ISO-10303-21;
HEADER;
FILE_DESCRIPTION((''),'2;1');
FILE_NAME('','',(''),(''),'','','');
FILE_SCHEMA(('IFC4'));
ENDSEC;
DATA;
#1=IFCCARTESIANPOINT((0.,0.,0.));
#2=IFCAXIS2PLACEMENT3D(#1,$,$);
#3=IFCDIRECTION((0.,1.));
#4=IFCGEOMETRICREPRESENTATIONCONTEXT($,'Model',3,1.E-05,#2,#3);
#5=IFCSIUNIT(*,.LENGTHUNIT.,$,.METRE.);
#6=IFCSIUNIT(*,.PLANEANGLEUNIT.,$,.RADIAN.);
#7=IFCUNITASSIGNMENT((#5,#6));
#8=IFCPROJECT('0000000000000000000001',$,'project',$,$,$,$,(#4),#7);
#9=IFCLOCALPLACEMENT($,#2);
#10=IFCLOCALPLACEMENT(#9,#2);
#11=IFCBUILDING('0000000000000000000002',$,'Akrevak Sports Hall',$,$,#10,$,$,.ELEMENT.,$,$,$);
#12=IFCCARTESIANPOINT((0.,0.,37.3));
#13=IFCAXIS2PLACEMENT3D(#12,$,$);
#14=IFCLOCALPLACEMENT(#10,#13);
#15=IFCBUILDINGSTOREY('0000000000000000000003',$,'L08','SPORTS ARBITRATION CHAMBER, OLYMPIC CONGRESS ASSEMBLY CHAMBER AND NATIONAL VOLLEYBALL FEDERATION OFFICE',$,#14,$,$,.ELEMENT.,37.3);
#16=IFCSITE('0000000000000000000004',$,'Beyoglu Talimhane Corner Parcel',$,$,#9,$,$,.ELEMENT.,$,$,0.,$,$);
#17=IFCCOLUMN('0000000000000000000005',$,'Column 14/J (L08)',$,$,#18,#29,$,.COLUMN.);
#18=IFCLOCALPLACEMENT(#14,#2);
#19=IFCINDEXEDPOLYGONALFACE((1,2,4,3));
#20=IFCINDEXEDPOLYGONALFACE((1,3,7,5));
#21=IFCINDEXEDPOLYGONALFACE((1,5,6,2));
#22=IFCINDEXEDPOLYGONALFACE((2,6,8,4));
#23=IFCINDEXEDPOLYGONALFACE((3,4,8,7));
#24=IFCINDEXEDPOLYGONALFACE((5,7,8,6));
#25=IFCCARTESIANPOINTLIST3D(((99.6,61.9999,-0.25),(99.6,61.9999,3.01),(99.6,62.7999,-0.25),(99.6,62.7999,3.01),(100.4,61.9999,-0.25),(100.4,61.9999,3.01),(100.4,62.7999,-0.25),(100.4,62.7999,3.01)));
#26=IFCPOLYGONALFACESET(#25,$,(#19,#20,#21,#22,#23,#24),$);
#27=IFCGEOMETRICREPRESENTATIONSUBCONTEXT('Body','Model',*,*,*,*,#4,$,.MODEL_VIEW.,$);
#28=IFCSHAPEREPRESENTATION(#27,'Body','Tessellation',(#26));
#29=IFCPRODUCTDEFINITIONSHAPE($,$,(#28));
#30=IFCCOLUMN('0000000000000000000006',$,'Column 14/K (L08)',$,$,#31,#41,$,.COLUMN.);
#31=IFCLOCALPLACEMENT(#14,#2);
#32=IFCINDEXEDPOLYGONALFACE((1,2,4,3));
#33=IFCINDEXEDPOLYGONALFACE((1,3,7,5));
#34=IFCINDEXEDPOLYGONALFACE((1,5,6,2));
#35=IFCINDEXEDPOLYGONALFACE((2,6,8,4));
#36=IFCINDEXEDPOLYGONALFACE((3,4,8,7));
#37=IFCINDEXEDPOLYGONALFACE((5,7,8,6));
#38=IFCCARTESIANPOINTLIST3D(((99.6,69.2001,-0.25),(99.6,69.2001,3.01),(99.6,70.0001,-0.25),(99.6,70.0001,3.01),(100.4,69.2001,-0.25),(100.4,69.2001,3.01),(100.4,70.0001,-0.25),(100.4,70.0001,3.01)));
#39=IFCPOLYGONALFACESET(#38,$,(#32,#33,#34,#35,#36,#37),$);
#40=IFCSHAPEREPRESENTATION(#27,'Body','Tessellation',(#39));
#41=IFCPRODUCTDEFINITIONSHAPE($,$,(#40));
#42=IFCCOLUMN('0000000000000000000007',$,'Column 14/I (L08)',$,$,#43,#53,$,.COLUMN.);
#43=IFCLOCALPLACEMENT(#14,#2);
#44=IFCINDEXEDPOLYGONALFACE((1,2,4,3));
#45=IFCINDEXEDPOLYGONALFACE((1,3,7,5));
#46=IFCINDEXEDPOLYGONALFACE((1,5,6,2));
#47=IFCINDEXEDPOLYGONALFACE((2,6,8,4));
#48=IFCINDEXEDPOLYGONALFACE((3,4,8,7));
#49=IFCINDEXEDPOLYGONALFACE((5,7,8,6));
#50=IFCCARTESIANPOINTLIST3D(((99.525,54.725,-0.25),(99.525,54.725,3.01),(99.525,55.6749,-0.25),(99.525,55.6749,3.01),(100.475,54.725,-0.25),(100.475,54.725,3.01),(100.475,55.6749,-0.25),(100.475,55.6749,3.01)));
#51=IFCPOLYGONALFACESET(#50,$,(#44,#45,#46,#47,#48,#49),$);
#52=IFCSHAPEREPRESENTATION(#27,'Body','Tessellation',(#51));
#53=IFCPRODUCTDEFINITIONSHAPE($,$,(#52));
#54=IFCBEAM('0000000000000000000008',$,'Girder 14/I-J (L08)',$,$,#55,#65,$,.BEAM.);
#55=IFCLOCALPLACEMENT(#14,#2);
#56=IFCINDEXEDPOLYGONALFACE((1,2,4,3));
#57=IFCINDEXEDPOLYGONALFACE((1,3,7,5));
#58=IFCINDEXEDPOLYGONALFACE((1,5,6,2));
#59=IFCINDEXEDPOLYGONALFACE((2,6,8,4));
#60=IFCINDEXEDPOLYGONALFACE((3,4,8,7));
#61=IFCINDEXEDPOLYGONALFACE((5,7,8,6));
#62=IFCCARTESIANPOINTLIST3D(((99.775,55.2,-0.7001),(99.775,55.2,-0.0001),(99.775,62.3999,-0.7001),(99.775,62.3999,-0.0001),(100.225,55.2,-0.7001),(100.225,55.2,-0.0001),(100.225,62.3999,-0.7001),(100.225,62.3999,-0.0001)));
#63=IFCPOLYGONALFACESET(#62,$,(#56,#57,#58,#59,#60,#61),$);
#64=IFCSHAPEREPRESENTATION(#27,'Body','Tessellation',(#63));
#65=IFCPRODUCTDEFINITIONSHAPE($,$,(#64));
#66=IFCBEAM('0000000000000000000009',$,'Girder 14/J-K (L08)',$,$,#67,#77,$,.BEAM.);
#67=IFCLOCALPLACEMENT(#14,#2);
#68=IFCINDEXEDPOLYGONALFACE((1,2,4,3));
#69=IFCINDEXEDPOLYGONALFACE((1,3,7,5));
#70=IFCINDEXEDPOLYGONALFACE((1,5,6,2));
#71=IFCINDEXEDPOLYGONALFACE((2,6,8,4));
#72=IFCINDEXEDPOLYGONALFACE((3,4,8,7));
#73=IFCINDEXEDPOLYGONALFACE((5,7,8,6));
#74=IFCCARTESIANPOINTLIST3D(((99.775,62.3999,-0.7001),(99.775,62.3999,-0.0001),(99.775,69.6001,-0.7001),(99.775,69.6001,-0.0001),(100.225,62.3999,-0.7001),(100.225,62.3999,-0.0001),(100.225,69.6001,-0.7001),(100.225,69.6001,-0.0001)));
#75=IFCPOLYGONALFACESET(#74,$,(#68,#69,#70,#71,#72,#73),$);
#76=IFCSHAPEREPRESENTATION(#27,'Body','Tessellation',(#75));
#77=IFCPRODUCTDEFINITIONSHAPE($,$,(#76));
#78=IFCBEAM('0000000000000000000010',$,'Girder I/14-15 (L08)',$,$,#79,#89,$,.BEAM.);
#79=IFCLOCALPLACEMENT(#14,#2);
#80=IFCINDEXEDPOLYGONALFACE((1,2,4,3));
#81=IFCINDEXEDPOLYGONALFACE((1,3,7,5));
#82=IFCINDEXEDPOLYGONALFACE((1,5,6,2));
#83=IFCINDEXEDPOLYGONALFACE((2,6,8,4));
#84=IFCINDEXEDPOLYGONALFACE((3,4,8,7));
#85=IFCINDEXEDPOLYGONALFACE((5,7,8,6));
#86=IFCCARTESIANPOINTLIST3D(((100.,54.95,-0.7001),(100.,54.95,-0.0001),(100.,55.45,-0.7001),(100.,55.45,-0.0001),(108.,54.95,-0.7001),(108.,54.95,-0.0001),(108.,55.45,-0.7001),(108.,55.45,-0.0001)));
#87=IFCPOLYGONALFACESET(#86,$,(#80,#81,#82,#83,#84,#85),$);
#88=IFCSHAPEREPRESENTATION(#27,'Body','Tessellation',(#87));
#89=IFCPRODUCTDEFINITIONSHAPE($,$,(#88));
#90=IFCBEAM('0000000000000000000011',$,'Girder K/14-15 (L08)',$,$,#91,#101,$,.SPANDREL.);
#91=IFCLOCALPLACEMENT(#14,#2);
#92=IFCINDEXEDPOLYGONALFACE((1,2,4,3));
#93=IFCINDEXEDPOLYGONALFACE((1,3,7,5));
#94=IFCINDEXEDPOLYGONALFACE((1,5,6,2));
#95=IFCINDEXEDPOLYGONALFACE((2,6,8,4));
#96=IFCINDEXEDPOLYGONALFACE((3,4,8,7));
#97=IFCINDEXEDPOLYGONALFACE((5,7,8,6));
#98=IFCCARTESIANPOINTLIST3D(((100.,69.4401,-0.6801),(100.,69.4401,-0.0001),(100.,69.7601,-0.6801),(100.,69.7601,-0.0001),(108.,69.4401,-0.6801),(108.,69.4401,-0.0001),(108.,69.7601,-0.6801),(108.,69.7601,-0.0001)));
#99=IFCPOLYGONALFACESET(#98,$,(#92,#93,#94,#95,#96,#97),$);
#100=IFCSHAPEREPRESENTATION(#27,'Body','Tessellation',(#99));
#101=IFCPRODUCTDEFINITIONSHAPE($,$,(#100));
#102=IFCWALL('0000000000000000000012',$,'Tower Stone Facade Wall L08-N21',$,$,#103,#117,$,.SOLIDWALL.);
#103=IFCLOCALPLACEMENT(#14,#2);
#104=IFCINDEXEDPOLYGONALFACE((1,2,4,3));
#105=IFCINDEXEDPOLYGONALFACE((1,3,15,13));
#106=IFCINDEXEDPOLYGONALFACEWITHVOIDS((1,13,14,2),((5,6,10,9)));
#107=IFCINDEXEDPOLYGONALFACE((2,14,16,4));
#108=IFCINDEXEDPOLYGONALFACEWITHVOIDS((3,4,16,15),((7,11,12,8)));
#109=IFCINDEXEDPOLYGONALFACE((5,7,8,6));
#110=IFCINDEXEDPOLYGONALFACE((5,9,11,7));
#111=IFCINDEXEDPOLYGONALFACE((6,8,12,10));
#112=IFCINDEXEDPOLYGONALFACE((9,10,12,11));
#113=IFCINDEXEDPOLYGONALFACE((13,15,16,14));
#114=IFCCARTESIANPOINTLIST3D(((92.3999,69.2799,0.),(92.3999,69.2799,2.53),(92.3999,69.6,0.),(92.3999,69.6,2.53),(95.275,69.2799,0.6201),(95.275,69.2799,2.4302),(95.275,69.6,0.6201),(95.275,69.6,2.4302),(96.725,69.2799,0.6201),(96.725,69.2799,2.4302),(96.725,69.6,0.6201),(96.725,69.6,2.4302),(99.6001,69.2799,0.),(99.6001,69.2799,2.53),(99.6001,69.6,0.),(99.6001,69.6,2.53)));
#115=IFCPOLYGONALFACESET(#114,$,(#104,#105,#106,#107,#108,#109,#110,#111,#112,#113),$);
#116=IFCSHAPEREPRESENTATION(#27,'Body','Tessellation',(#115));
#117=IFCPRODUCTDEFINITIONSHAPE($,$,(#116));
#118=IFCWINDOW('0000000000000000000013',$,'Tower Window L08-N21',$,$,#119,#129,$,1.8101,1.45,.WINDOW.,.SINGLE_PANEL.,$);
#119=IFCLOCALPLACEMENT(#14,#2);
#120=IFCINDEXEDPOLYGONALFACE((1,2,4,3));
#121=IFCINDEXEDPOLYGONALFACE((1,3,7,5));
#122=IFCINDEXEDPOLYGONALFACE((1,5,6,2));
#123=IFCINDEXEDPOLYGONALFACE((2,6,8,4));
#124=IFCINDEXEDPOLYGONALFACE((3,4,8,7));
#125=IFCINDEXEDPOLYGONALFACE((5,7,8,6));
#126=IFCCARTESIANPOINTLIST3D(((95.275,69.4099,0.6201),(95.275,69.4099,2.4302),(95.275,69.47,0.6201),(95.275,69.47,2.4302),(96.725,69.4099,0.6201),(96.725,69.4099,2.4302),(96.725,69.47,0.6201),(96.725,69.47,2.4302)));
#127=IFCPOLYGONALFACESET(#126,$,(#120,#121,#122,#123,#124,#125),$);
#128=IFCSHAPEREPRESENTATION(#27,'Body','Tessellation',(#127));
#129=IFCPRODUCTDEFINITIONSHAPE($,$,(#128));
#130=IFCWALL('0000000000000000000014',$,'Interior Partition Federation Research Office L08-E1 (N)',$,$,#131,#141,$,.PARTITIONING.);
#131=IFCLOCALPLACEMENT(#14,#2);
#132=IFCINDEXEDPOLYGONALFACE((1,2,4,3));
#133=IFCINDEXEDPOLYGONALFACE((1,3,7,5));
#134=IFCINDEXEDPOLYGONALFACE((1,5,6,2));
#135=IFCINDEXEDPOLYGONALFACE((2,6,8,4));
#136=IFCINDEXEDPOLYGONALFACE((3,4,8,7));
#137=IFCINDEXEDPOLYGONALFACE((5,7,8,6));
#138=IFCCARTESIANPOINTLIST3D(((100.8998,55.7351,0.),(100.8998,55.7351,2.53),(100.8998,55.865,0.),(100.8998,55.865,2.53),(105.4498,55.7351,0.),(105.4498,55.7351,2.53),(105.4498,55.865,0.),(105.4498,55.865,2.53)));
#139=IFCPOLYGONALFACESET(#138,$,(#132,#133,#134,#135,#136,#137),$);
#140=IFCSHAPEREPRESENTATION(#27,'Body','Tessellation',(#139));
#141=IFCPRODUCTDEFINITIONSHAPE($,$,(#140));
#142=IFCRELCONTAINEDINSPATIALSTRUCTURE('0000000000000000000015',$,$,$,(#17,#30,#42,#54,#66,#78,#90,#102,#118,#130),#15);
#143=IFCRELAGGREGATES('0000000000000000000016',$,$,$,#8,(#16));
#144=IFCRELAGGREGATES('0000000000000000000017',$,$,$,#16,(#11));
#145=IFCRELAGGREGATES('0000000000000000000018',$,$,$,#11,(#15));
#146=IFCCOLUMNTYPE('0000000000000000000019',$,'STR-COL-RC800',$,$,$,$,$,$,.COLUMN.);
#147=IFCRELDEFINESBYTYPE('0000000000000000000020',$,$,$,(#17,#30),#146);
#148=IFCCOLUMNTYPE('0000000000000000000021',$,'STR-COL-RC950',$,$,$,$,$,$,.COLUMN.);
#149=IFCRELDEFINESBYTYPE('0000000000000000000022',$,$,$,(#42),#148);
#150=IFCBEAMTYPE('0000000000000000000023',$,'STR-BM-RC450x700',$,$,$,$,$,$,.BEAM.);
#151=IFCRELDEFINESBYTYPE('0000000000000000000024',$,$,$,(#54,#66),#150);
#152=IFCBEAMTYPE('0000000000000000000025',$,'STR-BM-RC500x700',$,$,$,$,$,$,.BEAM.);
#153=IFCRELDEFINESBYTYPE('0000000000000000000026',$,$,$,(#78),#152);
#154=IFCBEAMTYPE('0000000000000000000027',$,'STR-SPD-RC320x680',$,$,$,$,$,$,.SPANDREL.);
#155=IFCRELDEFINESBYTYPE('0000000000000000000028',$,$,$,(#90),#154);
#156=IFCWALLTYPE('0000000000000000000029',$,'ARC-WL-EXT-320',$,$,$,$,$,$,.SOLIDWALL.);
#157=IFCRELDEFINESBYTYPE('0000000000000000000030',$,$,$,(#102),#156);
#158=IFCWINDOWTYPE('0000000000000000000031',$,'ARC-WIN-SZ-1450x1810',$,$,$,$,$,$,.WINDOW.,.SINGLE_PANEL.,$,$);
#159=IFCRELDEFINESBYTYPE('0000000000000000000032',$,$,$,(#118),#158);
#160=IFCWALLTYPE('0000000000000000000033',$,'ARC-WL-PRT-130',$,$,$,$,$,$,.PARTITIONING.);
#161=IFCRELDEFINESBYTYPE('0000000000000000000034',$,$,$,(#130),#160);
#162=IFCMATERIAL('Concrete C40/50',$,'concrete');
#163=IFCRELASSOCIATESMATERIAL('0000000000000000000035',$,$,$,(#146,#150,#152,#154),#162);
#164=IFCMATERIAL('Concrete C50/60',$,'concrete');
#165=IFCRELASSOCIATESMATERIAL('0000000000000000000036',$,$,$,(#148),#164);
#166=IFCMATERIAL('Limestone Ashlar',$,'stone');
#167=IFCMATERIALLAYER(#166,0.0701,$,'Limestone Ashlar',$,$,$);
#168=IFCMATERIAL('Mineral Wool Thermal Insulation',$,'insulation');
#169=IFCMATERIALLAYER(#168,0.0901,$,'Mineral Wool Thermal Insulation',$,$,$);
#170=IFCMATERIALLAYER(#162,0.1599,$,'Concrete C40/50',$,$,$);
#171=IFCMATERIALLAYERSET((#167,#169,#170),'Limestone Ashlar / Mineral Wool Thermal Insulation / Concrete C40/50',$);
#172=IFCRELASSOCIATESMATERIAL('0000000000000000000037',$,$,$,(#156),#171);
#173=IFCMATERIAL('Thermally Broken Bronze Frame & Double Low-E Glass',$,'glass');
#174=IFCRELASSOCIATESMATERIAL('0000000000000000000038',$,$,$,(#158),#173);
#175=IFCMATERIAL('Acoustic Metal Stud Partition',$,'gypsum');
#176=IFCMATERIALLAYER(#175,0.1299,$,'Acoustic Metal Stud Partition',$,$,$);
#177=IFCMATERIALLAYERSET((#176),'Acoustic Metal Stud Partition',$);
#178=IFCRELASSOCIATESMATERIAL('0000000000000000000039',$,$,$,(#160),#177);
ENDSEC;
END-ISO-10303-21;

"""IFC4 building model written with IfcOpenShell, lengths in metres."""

from ifc_helpers import new_model, si_unit, direction, frame, frame_2d, origin, origin_2d, place, context, subcontext, project, spatial, rectangle, extrude, material, layer, layer_set, material_profile, profile_set, type_object, element, fill, save


model = new_model("IFC4")

# Units and contexts
model_context = context("Model", 3, precision=1e-05, world=origin(), true_north=direction((0.0, 1.0)))
body_context = subcontext(model_context, "Body", "Model", "MODEL_VIEW")
ifc_project = project(units=[si_unit("LENGTHUNIT", "METRE"), si_unit("PLANEANGLEUNIT", "RADIAN")], contexts=[model_context])

# Site, building, storey
site_placement = place(None, origin())
site = spatial("IfcSite", under=ifc_project, at=site_placement, Name="Beyoglu Talimhane Corner Parcel", CompositionType="ELEMENT", RefElevation=0.0)
building_placement = place(site_placement, origin())
building = spatial("IfcBuilding", under=site, at=building_placement, Name="Akrevak Sports Hall", CompositionType="ELEMENT")
storey_placement = place(building_placement, frame((0.0, 0.0, 37.3)))
storey = spatial("IfcBuildingStorey", under=building, at=storey_placement, Name="L08", Description="SPORTS ARBITRATION CHAMBER, OLYMPIC CONGRESS ASSEMBLY CHAMBER AND NATIONAL VOLLEYBALL FEDERATION OFFICE", CompositionType="ELEMENT", Elevation=37.3)

# Columns
ifc_material_1 = material(Name="Concrete C40/50", Category="concrete")
ifc_material_profile_1 = material_profile(ifc_material_1, rectangle(XDim=0.8, YDim=0.8, at=origin_2d()), Name="RC 800x800", Category="concrete")
ifc_profile_set_1 = profile_set([ifc_material_profile_1], Name="Concrete C40/50")
column_type_1 = type_object("IfcColumnType", Name="STR-COL-RC800", PredefinedType="COLUMN", material=ifc_profile_set_1)
for number, where, z_axis, x_axis, name in (
    (1, (100.0, 62.3999, -0.25), (0.0, 0.0, 1.0), (1.0, 0.0, 0.0), "Column 14/J (L08)"),
    (2, (100.0, 69.6001, -0.25), (0.0, 0.0, 1.0), (1.0, 0.0, 0.0), "Column 14/K (L08)"),
):
    element("IfcColumn", number, at=place(storey_placement, frame(where, z_axis=z_axis, x_axis=x_axis)), inside=storey, type_object=column_type_1, Name=name, PredefinedType="COLUMN", context=body_context, shape_type="SweptSolid", body=[
        extrude(rectangle(XDim=0.8, YDim=0.8, at=origin_2d()), origin(), (0.0, 0.0, 1.0), 3.26),
    ])
ifc_material_2 = material(Name="Concrete C50/60", Category="concrete")
ifc_material_profile_2 = material_profile(ifc_material_2, rectangle(XDim=0.95, YDim=0.95, at=origin_2d()), Name="RC 950x950", Category="concrete")
ifc_profile_set_2 = profile_set([ifc_material_profile_2], Name="Concrete C50/60")
column_type_2 = type_object("IfcColumnType", Name="STR-COL-RC950", PredefinedType="COLUMN", material=ifc_profile_set_2)
column_placement = place(storey_placement, frame((100.0, 55.2, -0.25), z_axis=(0.0, 0.0, 1.0), x_axis=(1.0, 0.0, 0.0)))
element("IfcColumn", 3, at=column_placement, inside=storey, type_object=column_type_2, Name="Column 14/I (L08)", PredefinedType="COLUMN", context=body_context, shape_type="SweptSolid", body=[
    extrude(rectangle(XDim=0.95, YDim=0.95, at=origin_2d()), origin(), (0.0, 0.0, 1.0), 3.26),
])

# Beams
ifc_material_profile_3 = material_profile(ifc_material_1, rectangle(XDim=0.45, YDim=0.7, at=origin_2d()), Name="BM 450x700", Category="concrete")
ifc_profile_set_3 = profile_set([ifc_material_profile_3], Name="Concrete C40/50")
beam_type_1 = type_object("IfcBeamType", Name="STR-BM-RC450x700", PredefinedType="BEAM", material=ifc_profile_set_3)
beam_1_placement = place(storey_placement, frame((100.0, 55.2, -0.3501), z_axis=(0.0, 1.0, 0.0), x_axis=(-1.0, 0.0, 0.0)))
element("IfcBeam", 4, at=beam_1_placement, inside=storey, type_object=beam_type_1, Name="Girder 14/I-J (L08)", PredefinedType="BEAM", context=body_context, shape_type="SweptSolid", body=[
    extrude(rectangle(XDim=0.45, YDim=0.7, at=origin_2d()), origin(), (0.0, 0.0, 1.0), 7.2),
])
beam_2_placement = place(storey_placement, frame((100.0, 62.3999, -0.3501), z_axis=(0.0, 1.0, 0.0), x_axis=(-1.0, 0.0, 0.0)))
element("IfcBeam", 5, at=beam_2_placement, inside=storey, type_object=beam_type_1, Name="Girder 14/J-K (L08)", PredefinedType="BEAM", context=body_context, shape_type="SweptSolid", body=[
    extrude(rectangle(XDim=0.45, YDim=0.7, at=origin_2d()), origin(), (0.0, 0.0, 1.0), 7.2002),
])
ifc_material_profile_4 = material_profile(ifc_material_1, rectangle(XDim=0.5, YDim=0.7, at=origin_2d()), Name="BM 500x700", Category="concrete")
ifc_profile_set_4 = profile_set([ifc_material_profile_4], Name="Concrete C40/50")
beam_type_2 = type_object("IfcBeamType", Name="STR-BM-RC500x700", PredefinedType="BEAM", material=ifc_profile_set_4)
beam_3_placement = place(storey_placement, frame((100.0, 55.2, -0.3501), z_axis=(1.0, 0.0, 0.0), x_axis=(0.0, 1.0, 0.0)))
element("IfcBeam", 6, at=beam_3_placement, inside=storey, type_object=beam_type_2, Name="Girder I/14-15 (L08)", PredefinedType="BEAM", context=body_context, shape_type="SweptSolid", body=[
    extrude(rectangle(XDim=0.5, YDim=0.7, at=origin_2d()), origin(), (0.0, 0.0, 1.0), 8.0),
])
ifc_material_profile_5 = material_profile(ifc_material_1, rectangle(XDim=0.3201, YDim=0.6799, at=origin_2d()), Name="SPD 320x680", Category="concrete")
ifc_profile_set_5 = profile_set([ifc_material_profile_5], Name="Concrete C40/50")
beam_type_3 = type_object("IfcBeamType", Name="STR-SPD-RC320x680", PredefinedType="SPANDREL", material=ifc_profile_set_5)
beam_4_placement = place(storey_placement, frame((100.0, 69.6001, -0.3401), z_axis=(1.0, 0.0, 0.0), x_axis=(0.0, 1.0, 0.0)))
element("IfcBeam", 7, at=beam_4_placement, inside=storey, type_object=beam_type_3, Name="Girder K/14-15 (L08)", PredefinedType="SPANDREL", context=body_context, shape_type="SweptSolid", body=[
    extrude(rectangle(XDim=0.3201, YDim=0.6799, at=origin_2d()), origin(), (0.0, 0.0, 1.0), 8.0),
])

# Wall, opening, window
ifc_material_3 = material(Name="Limestone Ashlar", Category="stone")
ifc_layer_1 = layer(ifc_material_3, 0.0701, Name="Limestone Ashlar")
ifc_material_4 = material(Name="Mineral Wool Thermal Insulation", Category="insulation")
ifc_layer_2 = layer(ifc_material_4, 0.0901, Name="Mineral Wool Thermal Insulation")
ifc_layer_3 = layer(ifc_material_1, 0.1599, Name="Concrete C40/50")
ifc_layer_set_1 = layer_set([ifc_layer_1, ifc_layer_2, ifc_layer_3], Name="Limestone Ashlar / Mineral Wool Thermal Insulation / Concrete C40/50")
wall_type_1 = type_object("IfcWallType", Name="ARC-WL-EXT-320", PredefinedType="SOLIDWALL", material=ifc_layer_set_1)
wall_1_placement = place(storey_placement, frame((99.6001, 69.4399, 0.0), z_axis=(0.0, 0.0, 1.0), x_axis=(-1.0, 0.0, 0.0)))
wall_1 = element("IfcWall", 8, at=wall_1_placement, inside=storey, type_object=wall_type_1, Name="Tower Stone Facade Wall L08-N21", PredefinedType="SOLIDWALL", context=body_context, shape_type="SweptSolid", body=[
    extrude(rectangle(XDim=7.2002, YDim=0.3201, at=frame_2d((3.6001, 0.0))), origin(), (0.0, 0.0, 1.0), 2.53),
])
opening_1_placement = place(wall_1_placement, frame((2.875, 0.0, 0.6201)))
opening_1 = element("IfcOpeningElement", 9, at=opening_1_placement, cuts=wall_1, PredefinedType="OPENING", context=body_context, shape_type="SweptSolid", body=[
    extrude(rectangle(XDim=1.45, YDim=1.8101, at=frame_2d((0.7251, 0.905))), frame((0.0, 0.1719, 0.0), z_axis=(0.0, -1.0, 0.0), x_axis=(1.0, 0.0, 0.0)), (0.0, 0.0, 1.0), 0.344),
])
ifc_material_5 = material(Name="Thermally Broken Bronze Frame & Double Low-E Glass", Category="glass")
window_type = type_object("IfcWindowType", Name="ARC-WIN-SZ-1450x1810", PartitioningType="SINGLE_PANEL", PredefinedType="WINDOW", material=ifc_material_5)
window_placement = place(opening_1_placement, origin())
window = element("IfcWindow", 10, at=window_placement, inside=storey, type_object=window_type, Name="Tower Window L08-N21", OverallHeight=1.8101, OverallWidth=1.45, PartitioningType="SINGLE_PANEL", PredefinedType="WINDOW", context=body_context, shape_type="SweptSolid", body=[
    extrude(rectangle(XDim=1.45, YDim=1.8101, at=frame_2d((0.7251, 0.905))), frame((0.0, 0.03, 0.0), z_axis=(0.0, -1.0, 0.0), x_axis=(1.0, 0.0, 0.0)), (0.0, 0.0, 1.0), 0.0601),
])
fill(opening_1, window)

# Wall
ifc_material_6 = material(Name="Acoustic Metal Stud Partition", Category="gypsum")
ifc_layer_4 = layer(ifc_material_6, 0.1299, Name="Acoustic Metal Stud Partition")
ifc_layer_set_2 = layer_set([ifc_layer_4], Name="Acoustic Metal Stud Partition")
wall_type_2 = type_object("IfcWallType", Name="ARC-WL-PRT-130", PredefinedType="PARTITIONING", material=ifc_layer_set_2)
wall_2_placement = place(storey_placement, frame((100.8999, 55.8, 0.0), z_axis=(0.0, 0.0, 1.0), x_axis=(1.0, 0.0, 0.0)))
element("IfcWall", 11, at=wall_2_placement, inside=storey, type_object=wall_type_2, Name="Interior Partition Federation Research Office L08-E1 (N)", PredefinedType="PARTITIONING", context=body_context, shape_type="SweptSolid", body=[
    extrude(rectangle(XDim=4.55, YDim=0.1299, at=frame_2d((2.2749, 0.0))), origin(), (0.0, 0.0, 1.0), 2.53),
])

save(model, "model.ifc")
